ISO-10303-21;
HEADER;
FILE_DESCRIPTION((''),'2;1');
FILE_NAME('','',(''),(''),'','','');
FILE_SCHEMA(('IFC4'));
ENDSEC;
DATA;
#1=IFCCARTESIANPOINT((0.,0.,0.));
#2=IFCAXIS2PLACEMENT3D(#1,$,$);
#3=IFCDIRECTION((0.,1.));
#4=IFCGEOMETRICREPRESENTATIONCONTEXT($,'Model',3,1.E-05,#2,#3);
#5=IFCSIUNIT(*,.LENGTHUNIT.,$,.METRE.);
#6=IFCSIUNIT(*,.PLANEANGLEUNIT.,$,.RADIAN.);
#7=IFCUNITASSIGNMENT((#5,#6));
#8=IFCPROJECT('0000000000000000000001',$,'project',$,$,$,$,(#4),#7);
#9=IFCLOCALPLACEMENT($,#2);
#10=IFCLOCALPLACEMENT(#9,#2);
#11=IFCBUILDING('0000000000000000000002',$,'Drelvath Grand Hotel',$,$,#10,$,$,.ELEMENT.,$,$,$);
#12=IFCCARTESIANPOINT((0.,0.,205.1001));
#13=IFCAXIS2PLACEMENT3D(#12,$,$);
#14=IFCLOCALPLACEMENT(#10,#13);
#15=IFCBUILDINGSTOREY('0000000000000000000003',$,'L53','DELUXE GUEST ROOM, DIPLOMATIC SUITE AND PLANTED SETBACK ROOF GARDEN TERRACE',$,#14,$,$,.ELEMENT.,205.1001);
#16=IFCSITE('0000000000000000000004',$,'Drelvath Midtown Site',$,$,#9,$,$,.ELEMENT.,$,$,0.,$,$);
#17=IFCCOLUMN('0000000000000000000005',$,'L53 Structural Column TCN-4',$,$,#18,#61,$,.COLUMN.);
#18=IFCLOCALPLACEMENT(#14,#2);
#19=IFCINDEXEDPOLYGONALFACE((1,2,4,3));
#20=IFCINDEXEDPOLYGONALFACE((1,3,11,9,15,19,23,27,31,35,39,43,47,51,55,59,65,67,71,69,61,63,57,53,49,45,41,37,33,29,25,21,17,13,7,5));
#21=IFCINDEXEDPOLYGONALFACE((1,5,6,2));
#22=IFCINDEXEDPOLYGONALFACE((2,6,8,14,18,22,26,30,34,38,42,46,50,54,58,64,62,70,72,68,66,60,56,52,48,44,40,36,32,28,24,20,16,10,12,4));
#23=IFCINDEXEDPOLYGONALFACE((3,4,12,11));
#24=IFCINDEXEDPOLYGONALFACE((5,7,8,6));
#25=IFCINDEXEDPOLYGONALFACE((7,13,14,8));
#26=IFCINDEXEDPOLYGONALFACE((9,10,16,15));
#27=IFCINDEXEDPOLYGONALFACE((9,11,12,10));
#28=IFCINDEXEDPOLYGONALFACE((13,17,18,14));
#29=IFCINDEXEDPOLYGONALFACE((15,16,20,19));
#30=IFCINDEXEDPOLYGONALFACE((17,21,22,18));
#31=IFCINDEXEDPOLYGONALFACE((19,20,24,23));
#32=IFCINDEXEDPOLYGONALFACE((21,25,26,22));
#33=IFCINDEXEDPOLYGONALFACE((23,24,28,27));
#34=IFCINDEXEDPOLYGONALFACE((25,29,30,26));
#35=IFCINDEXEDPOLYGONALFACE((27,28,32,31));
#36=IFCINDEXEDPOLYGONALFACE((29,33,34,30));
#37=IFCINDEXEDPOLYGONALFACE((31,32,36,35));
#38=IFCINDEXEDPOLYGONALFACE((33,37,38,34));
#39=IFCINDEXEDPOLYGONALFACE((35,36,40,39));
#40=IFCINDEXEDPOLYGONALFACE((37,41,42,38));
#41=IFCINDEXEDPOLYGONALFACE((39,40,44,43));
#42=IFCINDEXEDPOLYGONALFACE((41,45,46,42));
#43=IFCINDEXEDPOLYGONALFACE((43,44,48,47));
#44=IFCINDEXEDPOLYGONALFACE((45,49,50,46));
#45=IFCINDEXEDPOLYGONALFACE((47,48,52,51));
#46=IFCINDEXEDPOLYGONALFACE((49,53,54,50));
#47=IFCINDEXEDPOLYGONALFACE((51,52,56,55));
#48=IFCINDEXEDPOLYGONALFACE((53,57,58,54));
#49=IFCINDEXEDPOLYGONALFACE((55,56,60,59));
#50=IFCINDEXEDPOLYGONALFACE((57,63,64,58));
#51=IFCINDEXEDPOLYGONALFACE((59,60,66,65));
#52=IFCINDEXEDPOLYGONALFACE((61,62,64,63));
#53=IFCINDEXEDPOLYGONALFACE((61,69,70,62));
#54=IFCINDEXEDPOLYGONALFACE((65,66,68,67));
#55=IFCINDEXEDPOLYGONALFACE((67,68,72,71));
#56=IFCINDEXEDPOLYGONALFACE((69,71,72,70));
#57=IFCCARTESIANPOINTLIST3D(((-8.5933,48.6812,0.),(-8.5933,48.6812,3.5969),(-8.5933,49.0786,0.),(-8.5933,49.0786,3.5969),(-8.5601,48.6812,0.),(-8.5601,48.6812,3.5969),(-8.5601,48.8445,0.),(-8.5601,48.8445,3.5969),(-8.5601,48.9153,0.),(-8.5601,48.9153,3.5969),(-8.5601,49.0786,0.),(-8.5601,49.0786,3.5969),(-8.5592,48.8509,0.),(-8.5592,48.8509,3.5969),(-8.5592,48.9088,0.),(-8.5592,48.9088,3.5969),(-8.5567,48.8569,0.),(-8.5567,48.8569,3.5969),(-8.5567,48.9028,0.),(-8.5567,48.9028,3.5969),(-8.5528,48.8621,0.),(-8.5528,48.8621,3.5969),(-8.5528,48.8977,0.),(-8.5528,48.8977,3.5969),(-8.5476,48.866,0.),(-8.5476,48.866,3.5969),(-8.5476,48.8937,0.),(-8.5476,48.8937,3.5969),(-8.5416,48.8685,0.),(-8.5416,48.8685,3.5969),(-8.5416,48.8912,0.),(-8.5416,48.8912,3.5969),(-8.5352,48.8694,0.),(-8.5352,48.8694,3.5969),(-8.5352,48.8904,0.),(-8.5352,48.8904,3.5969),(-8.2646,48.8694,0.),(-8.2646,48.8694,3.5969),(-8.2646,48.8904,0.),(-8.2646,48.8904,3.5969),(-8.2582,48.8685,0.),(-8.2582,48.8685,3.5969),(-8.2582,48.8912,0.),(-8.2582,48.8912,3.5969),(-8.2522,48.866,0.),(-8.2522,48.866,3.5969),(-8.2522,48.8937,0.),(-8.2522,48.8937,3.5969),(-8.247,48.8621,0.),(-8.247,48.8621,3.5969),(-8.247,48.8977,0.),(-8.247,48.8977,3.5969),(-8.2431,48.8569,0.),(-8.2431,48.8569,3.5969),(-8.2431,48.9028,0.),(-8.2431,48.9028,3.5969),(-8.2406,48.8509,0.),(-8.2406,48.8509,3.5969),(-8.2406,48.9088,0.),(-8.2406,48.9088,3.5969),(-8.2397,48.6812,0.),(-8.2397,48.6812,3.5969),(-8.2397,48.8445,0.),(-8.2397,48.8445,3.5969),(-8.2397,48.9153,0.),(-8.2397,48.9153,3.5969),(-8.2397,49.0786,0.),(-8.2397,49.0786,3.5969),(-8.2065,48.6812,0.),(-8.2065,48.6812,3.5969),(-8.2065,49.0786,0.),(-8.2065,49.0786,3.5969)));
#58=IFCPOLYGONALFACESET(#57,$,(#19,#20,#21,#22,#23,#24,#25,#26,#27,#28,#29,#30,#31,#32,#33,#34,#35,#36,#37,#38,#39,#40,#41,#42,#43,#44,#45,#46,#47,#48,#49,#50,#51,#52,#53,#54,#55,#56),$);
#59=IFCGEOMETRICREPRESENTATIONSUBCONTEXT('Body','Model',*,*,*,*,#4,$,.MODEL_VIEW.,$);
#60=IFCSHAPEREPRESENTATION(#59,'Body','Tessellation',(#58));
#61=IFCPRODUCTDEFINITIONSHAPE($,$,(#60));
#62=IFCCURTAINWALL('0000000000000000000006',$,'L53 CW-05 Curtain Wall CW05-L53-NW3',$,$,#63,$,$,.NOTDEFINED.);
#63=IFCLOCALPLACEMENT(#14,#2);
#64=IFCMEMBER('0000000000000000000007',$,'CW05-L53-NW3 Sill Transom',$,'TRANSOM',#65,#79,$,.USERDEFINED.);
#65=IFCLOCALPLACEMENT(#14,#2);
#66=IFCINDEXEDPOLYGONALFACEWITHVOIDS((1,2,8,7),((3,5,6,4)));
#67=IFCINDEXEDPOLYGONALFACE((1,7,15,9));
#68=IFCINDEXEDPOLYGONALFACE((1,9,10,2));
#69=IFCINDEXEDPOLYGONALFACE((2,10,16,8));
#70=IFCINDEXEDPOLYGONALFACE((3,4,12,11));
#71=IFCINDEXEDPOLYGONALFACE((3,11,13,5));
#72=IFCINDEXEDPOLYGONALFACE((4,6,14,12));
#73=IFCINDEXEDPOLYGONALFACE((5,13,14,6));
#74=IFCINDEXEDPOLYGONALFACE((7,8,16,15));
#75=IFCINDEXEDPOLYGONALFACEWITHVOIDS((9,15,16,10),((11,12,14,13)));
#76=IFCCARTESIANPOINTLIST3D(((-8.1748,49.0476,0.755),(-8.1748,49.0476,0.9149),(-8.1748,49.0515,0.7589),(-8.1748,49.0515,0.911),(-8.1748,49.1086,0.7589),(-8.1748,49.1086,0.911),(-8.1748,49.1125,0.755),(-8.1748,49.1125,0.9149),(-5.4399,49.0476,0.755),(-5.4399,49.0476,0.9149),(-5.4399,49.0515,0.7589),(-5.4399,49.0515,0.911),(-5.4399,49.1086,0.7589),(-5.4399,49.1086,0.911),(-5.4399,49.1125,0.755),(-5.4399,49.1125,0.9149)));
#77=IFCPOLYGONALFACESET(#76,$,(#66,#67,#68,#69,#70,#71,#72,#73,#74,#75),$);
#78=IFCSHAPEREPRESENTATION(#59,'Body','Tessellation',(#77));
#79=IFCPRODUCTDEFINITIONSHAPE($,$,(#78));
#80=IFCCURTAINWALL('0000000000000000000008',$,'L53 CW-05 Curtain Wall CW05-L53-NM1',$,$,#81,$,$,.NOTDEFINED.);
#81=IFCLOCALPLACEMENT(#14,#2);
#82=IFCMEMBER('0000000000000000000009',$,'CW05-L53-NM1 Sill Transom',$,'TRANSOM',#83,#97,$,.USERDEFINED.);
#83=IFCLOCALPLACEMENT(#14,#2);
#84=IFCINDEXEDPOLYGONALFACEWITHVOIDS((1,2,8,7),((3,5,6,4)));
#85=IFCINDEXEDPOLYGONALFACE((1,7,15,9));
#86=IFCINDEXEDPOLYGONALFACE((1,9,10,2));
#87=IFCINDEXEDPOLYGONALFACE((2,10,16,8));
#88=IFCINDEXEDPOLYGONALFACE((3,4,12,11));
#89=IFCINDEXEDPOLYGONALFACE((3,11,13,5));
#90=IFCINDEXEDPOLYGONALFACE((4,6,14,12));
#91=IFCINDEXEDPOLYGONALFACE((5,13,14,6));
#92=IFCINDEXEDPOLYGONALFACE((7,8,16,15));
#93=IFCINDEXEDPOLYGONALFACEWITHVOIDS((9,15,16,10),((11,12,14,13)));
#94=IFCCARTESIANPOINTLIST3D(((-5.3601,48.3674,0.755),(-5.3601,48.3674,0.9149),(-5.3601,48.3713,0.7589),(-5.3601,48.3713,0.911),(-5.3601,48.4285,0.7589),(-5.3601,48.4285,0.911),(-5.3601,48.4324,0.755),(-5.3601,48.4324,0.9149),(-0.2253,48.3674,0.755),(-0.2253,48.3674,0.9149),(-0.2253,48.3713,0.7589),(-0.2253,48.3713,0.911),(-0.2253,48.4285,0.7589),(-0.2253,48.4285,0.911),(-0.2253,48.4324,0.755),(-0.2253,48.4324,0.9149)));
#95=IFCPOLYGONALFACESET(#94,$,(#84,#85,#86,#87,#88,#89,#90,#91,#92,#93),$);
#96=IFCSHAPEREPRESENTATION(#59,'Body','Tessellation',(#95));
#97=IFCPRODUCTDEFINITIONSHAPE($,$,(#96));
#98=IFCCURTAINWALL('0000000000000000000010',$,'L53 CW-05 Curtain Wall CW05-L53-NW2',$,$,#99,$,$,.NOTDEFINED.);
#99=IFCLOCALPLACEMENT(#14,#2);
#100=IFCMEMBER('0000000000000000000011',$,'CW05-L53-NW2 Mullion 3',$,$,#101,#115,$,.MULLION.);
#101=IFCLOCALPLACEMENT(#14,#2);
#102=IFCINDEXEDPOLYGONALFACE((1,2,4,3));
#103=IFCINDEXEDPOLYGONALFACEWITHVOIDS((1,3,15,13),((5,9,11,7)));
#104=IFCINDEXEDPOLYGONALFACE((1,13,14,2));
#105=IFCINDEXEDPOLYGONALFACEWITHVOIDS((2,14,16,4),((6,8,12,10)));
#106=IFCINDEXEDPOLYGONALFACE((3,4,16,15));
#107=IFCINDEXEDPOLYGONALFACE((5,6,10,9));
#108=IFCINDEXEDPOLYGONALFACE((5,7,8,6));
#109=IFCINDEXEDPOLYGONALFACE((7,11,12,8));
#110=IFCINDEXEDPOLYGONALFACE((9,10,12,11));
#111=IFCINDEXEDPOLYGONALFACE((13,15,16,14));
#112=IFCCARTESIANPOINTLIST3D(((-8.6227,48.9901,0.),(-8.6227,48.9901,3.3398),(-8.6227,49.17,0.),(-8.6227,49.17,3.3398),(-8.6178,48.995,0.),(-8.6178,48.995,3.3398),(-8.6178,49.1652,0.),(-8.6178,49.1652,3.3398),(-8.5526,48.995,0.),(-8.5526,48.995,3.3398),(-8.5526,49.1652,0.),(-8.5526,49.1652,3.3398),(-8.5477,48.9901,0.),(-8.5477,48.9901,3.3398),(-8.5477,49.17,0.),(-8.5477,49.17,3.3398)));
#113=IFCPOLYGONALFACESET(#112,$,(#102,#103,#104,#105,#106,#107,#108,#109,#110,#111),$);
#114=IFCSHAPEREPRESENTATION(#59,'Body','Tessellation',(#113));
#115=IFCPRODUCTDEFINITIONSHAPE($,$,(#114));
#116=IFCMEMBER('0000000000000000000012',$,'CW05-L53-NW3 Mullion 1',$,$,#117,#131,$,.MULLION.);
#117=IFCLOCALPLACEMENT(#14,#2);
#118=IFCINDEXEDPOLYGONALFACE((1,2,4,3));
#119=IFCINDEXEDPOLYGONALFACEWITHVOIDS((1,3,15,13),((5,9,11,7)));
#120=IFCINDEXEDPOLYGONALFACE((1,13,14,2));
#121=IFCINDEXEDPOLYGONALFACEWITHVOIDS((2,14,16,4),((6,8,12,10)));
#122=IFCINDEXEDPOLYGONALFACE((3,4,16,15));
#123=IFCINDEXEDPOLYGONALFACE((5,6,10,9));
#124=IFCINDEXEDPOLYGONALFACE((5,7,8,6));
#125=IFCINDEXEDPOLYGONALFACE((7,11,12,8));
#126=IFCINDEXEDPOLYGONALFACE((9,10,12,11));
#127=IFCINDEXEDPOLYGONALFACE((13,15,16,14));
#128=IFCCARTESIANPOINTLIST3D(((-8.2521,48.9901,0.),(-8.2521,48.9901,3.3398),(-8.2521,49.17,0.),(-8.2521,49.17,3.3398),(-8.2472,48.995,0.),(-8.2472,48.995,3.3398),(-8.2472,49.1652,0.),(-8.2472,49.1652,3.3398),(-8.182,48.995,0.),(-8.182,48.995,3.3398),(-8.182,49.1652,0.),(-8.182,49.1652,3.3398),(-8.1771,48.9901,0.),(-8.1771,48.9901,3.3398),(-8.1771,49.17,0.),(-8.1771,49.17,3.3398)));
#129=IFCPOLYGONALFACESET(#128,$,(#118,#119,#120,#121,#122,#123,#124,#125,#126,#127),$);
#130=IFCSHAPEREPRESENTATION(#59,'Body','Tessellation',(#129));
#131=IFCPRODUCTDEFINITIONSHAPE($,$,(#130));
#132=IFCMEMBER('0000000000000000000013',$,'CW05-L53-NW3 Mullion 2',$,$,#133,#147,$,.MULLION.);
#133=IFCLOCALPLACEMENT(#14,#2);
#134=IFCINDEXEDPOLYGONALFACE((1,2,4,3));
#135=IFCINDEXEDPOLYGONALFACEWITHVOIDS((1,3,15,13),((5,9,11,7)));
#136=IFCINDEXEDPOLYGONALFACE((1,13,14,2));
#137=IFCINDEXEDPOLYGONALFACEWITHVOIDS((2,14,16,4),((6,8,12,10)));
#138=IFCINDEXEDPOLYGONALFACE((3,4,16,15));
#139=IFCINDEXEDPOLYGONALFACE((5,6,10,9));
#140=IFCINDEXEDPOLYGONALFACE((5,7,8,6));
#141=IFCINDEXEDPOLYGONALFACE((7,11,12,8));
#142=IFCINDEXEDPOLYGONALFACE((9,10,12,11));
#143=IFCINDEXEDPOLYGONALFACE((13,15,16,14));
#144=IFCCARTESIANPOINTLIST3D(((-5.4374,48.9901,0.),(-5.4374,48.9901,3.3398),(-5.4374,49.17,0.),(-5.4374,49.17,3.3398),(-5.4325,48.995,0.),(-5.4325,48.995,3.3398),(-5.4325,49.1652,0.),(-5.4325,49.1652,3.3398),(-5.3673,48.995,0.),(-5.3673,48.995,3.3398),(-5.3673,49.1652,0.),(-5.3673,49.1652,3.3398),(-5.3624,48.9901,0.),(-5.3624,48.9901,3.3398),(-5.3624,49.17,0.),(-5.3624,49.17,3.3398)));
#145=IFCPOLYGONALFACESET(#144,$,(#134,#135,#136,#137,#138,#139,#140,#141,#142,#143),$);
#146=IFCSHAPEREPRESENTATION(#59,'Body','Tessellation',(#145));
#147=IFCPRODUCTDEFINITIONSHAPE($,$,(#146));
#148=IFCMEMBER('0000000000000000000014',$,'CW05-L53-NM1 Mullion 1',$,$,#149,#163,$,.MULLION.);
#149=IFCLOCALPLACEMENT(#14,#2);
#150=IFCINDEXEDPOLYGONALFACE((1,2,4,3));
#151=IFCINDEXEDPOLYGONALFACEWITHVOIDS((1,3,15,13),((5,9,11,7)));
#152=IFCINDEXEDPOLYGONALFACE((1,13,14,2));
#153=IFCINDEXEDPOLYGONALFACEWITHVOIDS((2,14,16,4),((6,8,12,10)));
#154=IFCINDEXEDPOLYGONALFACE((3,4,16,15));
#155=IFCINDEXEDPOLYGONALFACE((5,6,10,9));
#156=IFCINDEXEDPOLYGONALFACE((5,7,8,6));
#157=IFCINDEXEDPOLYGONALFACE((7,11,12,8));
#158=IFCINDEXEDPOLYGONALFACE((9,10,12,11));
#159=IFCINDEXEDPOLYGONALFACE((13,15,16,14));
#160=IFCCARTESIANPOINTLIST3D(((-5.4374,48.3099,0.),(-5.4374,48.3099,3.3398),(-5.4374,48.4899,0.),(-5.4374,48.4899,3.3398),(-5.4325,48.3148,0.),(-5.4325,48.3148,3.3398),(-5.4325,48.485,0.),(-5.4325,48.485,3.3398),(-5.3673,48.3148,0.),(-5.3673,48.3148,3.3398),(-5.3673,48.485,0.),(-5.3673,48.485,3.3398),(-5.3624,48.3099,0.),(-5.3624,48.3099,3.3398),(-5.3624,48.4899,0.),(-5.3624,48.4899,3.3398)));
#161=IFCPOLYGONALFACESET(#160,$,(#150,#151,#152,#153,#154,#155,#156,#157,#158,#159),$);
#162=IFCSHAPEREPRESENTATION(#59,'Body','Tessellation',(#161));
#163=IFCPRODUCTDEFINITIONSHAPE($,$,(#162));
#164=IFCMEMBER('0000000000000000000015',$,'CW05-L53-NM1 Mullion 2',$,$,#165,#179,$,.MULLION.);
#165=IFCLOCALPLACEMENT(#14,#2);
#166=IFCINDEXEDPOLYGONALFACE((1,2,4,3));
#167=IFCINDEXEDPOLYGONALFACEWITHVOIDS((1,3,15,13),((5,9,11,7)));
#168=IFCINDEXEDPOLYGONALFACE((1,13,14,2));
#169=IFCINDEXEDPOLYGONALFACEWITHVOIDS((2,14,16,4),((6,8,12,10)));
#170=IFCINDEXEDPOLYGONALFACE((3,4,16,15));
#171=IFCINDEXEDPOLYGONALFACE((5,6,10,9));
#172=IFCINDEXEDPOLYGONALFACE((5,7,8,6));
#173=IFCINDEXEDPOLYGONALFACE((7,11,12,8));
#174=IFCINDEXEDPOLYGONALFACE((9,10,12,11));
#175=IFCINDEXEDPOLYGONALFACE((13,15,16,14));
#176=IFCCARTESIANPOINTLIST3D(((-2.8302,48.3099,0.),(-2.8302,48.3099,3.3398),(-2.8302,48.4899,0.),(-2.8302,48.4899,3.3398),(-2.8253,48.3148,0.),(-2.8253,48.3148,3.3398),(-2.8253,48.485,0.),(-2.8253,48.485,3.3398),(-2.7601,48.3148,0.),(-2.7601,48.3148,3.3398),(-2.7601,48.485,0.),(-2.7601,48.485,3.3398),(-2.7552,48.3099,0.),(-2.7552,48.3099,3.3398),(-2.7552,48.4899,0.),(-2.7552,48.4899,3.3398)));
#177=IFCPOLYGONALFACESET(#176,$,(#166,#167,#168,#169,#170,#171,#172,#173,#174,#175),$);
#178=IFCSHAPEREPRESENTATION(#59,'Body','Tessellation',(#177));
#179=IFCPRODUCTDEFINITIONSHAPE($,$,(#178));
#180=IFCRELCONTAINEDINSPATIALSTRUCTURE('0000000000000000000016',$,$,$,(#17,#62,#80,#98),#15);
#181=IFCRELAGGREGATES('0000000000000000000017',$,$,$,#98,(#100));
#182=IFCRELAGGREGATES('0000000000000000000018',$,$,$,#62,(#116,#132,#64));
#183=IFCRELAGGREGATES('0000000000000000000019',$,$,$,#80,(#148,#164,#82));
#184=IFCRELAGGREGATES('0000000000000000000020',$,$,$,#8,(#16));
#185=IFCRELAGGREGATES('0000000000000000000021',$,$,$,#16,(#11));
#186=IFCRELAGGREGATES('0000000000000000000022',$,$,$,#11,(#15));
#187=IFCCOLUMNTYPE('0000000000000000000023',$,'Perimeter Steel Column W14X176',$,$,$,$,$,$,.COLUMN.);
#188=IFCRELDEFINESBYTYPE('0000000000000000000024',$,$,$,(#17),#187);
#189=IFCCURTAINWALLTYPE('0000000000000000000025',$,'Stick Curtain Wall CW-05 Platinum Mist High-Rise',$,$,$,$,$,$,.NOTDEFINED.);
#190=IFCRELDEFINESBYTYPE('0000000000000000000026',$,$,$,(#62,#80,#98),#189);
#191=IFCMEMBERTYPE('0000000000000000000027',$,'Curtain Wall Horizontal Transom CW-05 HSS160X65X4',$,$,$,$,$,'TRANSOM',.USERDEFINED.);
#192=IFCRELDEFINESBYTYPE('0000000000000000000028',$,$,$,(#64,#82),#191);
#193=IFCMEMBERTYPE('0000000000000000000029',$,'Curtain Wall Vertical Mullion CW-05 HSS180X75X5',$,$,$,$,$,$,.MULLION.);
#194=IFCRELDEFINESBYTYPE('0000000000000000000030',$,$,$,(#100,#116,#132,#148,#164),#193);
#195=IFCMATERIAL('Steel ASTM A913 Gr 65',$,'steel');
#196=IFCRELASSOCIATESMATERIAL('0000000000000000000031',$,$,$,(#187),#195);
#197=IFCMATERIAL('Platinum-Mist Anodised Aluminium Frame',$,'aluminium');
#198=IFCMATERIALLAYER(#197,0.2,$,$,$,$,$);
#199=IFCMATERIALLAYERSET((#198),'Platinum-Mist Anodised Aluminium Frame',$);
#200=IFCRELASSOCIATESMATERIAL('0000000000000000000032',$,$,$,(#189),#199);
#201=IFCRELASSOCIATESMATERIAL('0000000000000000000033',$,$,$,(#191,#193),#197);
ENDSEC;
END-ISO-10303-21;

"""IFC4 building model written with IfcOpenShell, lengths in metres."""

from ifc_helpers import new_model, si_unit, direction, frame, origin, origin_2d, place, context, subcontext, project, spatial, hollow_rectangle, i_section, extrude, material, layer, layer_set, material_profile, profile_set, type_object, element, aggregate, save


model = new_model("IFC4")

# Units and contexts
model_context = context("Model", 3, precision=1e-05, world=origin(), true_north=direction((0.0, 1.0)))
body_context = subcontext(model_context, "Body", "Model", "MODEL_VIEW")
ifc_project = project(units=[si_unit("LENGTHUNIT", "METRE"), si_unit("PLANEANGLEUNIT", "RADIAN")], contexts=[model_context])

# Site, building, storey
site_placement = place(None, origin())
site = spatial("IfcSite", under=ifc_project, at=site_placement, Name="Drelvath Midtown Site", CompositionType="ELEMENT", RefElevation=0.0)
building_placement = place(site_placement, origin())
building = spatial("IfcBuilding", under=site, at=building_placement, Name="Drelvath Grand Hotel", CompositionType="ELEMENT")
storey_placement = place(building_placement, frame((0.0, 0.0, 205.1001)))
storey = spatial("IfcBuildingStorey", under=building, at=storey_placement, Name="L53", Description="DELUXE GUEST ROOM, DIPLOMATIC SUITE AND PLANTED SETBACK ROOF GARDEN TERRACE", CompositionType="ELEMENT", Elevation=205.1001)

# Column
ifc_material_1 = material(Name="Steel ASTM A913 Gr 65", Category="steel")
ifc_material_profile_1 = material_profile(ifc_material_1, i_section(OverallWidth=0.3975, OverallDepth=0.3867, WebThickness=0.021, FlangeThickness=0.0332, FilletRadius=0.0249, at=origin_2d()), Name="W14X176")
ifc_profile_set_1 = profile_set([ifc_material_profile_1], Name="Steel ASTM A913 Gr 65")
column_type = type_object("IfcColumnType", Name="Perimeter Steel Column W14X176", PredefinedType="COLUMN", material=ifc_profile_set_1)
column_placement = place(storey_placement, frame((-8.3999, 48.8799, 0.0), z_axis=(0.0, 0.0, 1.0), x_axis=(0.0, 1.0, 0.0)))
element("IfcColumn", 1, at=column_placement, inside=storey, type_object=column_type, Name="L53 Structural Column TCN-4", PredefinedType="COLUMN", context=body_context, shape_type="SweptSolid", body=[
    extrude(i_section(OverallWidth=0.3975, OverallDepth=0.3867, WebThickness=0.021, FlangeThickness=0.0332, FilletRadius=0.0249, at=origin_2d()), origin(), (0.0, 0.0, 1.0), 3.5969),
])

# Curtain walls, members
ifc_material_2 = material(Name="Platinum-Mist Anodised Aluminium Frame", Category="aluminium")
ifc_layer_1 = layer(ifc_material_2, 0.2)
ifc_layer_set_1 = layer_set([ifc_layer_1], Name="Platinum-Mist Anodised Aluminium Frame")
curtain_wall_type = type_object("IfcCurtainWallType", Name="Stick Curtain Wall CW-05 Platinum Mist High-Rise", PredefinedType="NOTDEFINED", material=ifc_layer_set_1)
curtain_wall_1_placement = place(storey_placement, origin())
curtain_wall_1 = element("IfcCurtainWall", 2, at=curtain_wall_1_placement, inside=storey, type_object=curtain_wall_type, Name="L53 CW-05 Curtain Wall CW05-L53-NW3", PredefinedType="NOTDEFINED")
ifc_material_profile_2 = material_profile(ifc_material_2, hollow_rectangle(XDim=0.0649, YDim=0.1599, WallThickness=0.0039, at=origin_2d()), Name="HSS160X65X4")
ifc_profile_set_2 = profile_set([ifc_material_profile_2], Name="Platinum-Mist Anodised Aluminium Frame")
member_type_1 = type_object("IfcMemberType", Name="Curtain Wall Horizontal Transom CW-05 HSS160X65X4", ElementType="TRANSOM", PredefinedType="USERDEFINED", material=ifc_profile_set_2)
member_1_placement = place(storey_placement, frame((-8.1748, 49.0801, 0.835), z_axis=(1.0, 0.0, 0.0), x_axis=(0.0, 1.0, 0.0)))
member_1 = element("IfcMember", 3, at=member_1_placement, type_object=member_type_1, Name="CW05-L53-NW3 Sill Transom", ObjectType="TRANSOM", PredefinedType="USERDEFINED", context=body_context, shape_type="SweptSolid", body=[
    extrude(hollow_rectangle(XDim=0.0649, YDim=0.1599, WallThickness=0.0039, at=origin_2d()), origin(), (0.0, 0.0, 1.0), 2.7349),
])
curtain_wall_2_placement = place(storey_placement, origin())
curtain_wall_2 = element("IfcCurtainWall", 4, at=curtain_wall_2_placement, inside=storey, type_object=curtain_wall_type, Name="L53 CW-05 Curtain Wall CW05-L53-NM1", PredefinedType="NOTDEFINED")
member_2_placement = place(storey_placement, frame((-5.3601, 48.3999, 0.835), z_axis=(1.0, 0.0, 0.0), x_axis=(0.0, 1.0, 0.0)))
member_2 = element("IfcMember", 5, at=member_2_placement, type_object=member_type_1, Name="CW05-L53-NM1 Sill Transom", ObjectType="TRANSOM", PredefinedType="USERDEFINED", context=body_context, shape_type="SweptSolid", body=[
    extrude(hollow_rectangle(XDim=0.0649, YDim=0.1599, WallThickness=0.0039, at=origin_2d()), origin(), (0.0, 0.0, 1.0), 5.1348),
])
curtain_wall_3_placement = place(storey_placement, origin())
curtain_wall_3 = element("IfcCurtainWall", 6, at=curtain_wall_3_placement, inside=storey, type_object=curtain_wall_type, Name="L53 CW-05 Curtain Wall CW05-L53-NW2", PredefinedType="NOTDEFINED")
ifc_material_profile_3 = material_profile(ifc_material_2, hollow_rectangle(XDim=0.075, YDim=0.1799, WallThickness=0.0049, at=origin_2d()), Name="HSS180X75X5")
ifc_profile_set_3 = profile_set([ifc_material_profile_3], Name="Platinum-Mist Anodised Aluminium Frame")
member_type_2 = type_object("IfcMemberType", Name="Curtain Wall Vertical Mullion CW-05 HSS180X75X5", PredefinedType="MULLION", material=ifc_profile_set_3)
member_3_placement = place(storey_placement, frame((-8.5852, 49.0801, 0.0), z_axis=(0.0, 0.0, 1.0), x_axis=(1.0, 0.0, 0.0)))
member_3 = element("IfcMember", 7, at=member_3_placement, type_object=member_type_2, Name="CW05-L53-NW2 Mullion 3", PredefinedType="MULLION", context=body_context, shape_type="SweptSolid", body=[
    extrude(hollow_rectangle(XDim=0.075, YDim=0.1799, WallThickness=0.0049, at=origin_2d()), origin(), (0.0, 0.0, 1.0), 3.3398),
])

# Members
member_4_placement = place(storey_placement, frame((-8.2146, 49.0801, 0.0), z_axis=(0.0, 0.0, 1.0), x_axis=(1.0, 0.0, 0.0)))
member_4 = element("IfcMember", 8, at=member_4_placement, type_object=member_type_2, Name="CW05-L53-NW3 Mullion 1", PredefinedType="MULLION", context=body_context, shape_type="SweptSolid", body=[
    extrude(hollow_rectangle(XDim=0.075, YDim=0.1799, WallThickness=0.0049, at=origin_2d()), origin(), (0.0, 0.0, 1.0), 3.3398),
])
member_5_placement = place(storey_placement, frame((-5.3999, 49.0801, 0.0), z_axis=(0.0, 0.0, 1.0), x_axis=(1.0, 0.0, 0.0)))
member_5 = element("IfcMember", 9, at=member_5_placement, type_object=member_type_2, Name="CW05-L53-NW3 Mullion 2", PredefinedType="MULLION", context=body_context, shape_type="SweptSolid", body=[
    extrude(hollow_rectangle(XDim=0.075, YDim=0.1799, WallThickness=0.0049, at=origin_2d()), origin(), (0.0, 0.0, 1.0), 3.3398),
])
member_6_placement = place(storey_placement, frame((-5.3999, 48.3999, 0.0), z_axis=(0.0, 0.0, 1.0), x_axis=(1.0, 0.0, 0.0)))
member_6 = element("IfcMember", 10, at=member_6_placement, type_object=member_type_2, Name="CW05-L53-NM1 Mullion 1", PredefinedType="MULLION", context=body_context, shape_type="SweptSolid", body=[
    extrude(hollow_rectangle(XDim=0.075, YDim=0.1799, WallThickness=0.0049, at=origin_2d()), origin(), (0.0, 0.0, 1.0), 3.3398),
])
member_7_placement = place(storey_placement, frame((-2.7927, 48.3999, 0.0), z_axis=(0.0, 0.0, 1.0), x_axis=(1.0, 0.0, 0.0)))
member_7 = element("IfcMember", 11, at=member_7_placement, type_object=member_type_2, Name="CW05-L53-NM1 Mullion 2", PredefinedType="MULLION", context=body_context, shape_type="SweptSolid", body=[
    extrude(hollow_rectangle(XDim=0.075, YDim=0.1799, WallThickness=0.0049, at=origin_2d()), origin(), (0.0, 0.0, 1.0), 3.3398),
])

aggregate(curtain_wall_3, [member_3])
aggregate(curtain_wall_1, [member_4, member_5, member_1])
aggregate(curtain_wall_2, [member_6, member_7, member_2])

save(model, "model.ifc")
